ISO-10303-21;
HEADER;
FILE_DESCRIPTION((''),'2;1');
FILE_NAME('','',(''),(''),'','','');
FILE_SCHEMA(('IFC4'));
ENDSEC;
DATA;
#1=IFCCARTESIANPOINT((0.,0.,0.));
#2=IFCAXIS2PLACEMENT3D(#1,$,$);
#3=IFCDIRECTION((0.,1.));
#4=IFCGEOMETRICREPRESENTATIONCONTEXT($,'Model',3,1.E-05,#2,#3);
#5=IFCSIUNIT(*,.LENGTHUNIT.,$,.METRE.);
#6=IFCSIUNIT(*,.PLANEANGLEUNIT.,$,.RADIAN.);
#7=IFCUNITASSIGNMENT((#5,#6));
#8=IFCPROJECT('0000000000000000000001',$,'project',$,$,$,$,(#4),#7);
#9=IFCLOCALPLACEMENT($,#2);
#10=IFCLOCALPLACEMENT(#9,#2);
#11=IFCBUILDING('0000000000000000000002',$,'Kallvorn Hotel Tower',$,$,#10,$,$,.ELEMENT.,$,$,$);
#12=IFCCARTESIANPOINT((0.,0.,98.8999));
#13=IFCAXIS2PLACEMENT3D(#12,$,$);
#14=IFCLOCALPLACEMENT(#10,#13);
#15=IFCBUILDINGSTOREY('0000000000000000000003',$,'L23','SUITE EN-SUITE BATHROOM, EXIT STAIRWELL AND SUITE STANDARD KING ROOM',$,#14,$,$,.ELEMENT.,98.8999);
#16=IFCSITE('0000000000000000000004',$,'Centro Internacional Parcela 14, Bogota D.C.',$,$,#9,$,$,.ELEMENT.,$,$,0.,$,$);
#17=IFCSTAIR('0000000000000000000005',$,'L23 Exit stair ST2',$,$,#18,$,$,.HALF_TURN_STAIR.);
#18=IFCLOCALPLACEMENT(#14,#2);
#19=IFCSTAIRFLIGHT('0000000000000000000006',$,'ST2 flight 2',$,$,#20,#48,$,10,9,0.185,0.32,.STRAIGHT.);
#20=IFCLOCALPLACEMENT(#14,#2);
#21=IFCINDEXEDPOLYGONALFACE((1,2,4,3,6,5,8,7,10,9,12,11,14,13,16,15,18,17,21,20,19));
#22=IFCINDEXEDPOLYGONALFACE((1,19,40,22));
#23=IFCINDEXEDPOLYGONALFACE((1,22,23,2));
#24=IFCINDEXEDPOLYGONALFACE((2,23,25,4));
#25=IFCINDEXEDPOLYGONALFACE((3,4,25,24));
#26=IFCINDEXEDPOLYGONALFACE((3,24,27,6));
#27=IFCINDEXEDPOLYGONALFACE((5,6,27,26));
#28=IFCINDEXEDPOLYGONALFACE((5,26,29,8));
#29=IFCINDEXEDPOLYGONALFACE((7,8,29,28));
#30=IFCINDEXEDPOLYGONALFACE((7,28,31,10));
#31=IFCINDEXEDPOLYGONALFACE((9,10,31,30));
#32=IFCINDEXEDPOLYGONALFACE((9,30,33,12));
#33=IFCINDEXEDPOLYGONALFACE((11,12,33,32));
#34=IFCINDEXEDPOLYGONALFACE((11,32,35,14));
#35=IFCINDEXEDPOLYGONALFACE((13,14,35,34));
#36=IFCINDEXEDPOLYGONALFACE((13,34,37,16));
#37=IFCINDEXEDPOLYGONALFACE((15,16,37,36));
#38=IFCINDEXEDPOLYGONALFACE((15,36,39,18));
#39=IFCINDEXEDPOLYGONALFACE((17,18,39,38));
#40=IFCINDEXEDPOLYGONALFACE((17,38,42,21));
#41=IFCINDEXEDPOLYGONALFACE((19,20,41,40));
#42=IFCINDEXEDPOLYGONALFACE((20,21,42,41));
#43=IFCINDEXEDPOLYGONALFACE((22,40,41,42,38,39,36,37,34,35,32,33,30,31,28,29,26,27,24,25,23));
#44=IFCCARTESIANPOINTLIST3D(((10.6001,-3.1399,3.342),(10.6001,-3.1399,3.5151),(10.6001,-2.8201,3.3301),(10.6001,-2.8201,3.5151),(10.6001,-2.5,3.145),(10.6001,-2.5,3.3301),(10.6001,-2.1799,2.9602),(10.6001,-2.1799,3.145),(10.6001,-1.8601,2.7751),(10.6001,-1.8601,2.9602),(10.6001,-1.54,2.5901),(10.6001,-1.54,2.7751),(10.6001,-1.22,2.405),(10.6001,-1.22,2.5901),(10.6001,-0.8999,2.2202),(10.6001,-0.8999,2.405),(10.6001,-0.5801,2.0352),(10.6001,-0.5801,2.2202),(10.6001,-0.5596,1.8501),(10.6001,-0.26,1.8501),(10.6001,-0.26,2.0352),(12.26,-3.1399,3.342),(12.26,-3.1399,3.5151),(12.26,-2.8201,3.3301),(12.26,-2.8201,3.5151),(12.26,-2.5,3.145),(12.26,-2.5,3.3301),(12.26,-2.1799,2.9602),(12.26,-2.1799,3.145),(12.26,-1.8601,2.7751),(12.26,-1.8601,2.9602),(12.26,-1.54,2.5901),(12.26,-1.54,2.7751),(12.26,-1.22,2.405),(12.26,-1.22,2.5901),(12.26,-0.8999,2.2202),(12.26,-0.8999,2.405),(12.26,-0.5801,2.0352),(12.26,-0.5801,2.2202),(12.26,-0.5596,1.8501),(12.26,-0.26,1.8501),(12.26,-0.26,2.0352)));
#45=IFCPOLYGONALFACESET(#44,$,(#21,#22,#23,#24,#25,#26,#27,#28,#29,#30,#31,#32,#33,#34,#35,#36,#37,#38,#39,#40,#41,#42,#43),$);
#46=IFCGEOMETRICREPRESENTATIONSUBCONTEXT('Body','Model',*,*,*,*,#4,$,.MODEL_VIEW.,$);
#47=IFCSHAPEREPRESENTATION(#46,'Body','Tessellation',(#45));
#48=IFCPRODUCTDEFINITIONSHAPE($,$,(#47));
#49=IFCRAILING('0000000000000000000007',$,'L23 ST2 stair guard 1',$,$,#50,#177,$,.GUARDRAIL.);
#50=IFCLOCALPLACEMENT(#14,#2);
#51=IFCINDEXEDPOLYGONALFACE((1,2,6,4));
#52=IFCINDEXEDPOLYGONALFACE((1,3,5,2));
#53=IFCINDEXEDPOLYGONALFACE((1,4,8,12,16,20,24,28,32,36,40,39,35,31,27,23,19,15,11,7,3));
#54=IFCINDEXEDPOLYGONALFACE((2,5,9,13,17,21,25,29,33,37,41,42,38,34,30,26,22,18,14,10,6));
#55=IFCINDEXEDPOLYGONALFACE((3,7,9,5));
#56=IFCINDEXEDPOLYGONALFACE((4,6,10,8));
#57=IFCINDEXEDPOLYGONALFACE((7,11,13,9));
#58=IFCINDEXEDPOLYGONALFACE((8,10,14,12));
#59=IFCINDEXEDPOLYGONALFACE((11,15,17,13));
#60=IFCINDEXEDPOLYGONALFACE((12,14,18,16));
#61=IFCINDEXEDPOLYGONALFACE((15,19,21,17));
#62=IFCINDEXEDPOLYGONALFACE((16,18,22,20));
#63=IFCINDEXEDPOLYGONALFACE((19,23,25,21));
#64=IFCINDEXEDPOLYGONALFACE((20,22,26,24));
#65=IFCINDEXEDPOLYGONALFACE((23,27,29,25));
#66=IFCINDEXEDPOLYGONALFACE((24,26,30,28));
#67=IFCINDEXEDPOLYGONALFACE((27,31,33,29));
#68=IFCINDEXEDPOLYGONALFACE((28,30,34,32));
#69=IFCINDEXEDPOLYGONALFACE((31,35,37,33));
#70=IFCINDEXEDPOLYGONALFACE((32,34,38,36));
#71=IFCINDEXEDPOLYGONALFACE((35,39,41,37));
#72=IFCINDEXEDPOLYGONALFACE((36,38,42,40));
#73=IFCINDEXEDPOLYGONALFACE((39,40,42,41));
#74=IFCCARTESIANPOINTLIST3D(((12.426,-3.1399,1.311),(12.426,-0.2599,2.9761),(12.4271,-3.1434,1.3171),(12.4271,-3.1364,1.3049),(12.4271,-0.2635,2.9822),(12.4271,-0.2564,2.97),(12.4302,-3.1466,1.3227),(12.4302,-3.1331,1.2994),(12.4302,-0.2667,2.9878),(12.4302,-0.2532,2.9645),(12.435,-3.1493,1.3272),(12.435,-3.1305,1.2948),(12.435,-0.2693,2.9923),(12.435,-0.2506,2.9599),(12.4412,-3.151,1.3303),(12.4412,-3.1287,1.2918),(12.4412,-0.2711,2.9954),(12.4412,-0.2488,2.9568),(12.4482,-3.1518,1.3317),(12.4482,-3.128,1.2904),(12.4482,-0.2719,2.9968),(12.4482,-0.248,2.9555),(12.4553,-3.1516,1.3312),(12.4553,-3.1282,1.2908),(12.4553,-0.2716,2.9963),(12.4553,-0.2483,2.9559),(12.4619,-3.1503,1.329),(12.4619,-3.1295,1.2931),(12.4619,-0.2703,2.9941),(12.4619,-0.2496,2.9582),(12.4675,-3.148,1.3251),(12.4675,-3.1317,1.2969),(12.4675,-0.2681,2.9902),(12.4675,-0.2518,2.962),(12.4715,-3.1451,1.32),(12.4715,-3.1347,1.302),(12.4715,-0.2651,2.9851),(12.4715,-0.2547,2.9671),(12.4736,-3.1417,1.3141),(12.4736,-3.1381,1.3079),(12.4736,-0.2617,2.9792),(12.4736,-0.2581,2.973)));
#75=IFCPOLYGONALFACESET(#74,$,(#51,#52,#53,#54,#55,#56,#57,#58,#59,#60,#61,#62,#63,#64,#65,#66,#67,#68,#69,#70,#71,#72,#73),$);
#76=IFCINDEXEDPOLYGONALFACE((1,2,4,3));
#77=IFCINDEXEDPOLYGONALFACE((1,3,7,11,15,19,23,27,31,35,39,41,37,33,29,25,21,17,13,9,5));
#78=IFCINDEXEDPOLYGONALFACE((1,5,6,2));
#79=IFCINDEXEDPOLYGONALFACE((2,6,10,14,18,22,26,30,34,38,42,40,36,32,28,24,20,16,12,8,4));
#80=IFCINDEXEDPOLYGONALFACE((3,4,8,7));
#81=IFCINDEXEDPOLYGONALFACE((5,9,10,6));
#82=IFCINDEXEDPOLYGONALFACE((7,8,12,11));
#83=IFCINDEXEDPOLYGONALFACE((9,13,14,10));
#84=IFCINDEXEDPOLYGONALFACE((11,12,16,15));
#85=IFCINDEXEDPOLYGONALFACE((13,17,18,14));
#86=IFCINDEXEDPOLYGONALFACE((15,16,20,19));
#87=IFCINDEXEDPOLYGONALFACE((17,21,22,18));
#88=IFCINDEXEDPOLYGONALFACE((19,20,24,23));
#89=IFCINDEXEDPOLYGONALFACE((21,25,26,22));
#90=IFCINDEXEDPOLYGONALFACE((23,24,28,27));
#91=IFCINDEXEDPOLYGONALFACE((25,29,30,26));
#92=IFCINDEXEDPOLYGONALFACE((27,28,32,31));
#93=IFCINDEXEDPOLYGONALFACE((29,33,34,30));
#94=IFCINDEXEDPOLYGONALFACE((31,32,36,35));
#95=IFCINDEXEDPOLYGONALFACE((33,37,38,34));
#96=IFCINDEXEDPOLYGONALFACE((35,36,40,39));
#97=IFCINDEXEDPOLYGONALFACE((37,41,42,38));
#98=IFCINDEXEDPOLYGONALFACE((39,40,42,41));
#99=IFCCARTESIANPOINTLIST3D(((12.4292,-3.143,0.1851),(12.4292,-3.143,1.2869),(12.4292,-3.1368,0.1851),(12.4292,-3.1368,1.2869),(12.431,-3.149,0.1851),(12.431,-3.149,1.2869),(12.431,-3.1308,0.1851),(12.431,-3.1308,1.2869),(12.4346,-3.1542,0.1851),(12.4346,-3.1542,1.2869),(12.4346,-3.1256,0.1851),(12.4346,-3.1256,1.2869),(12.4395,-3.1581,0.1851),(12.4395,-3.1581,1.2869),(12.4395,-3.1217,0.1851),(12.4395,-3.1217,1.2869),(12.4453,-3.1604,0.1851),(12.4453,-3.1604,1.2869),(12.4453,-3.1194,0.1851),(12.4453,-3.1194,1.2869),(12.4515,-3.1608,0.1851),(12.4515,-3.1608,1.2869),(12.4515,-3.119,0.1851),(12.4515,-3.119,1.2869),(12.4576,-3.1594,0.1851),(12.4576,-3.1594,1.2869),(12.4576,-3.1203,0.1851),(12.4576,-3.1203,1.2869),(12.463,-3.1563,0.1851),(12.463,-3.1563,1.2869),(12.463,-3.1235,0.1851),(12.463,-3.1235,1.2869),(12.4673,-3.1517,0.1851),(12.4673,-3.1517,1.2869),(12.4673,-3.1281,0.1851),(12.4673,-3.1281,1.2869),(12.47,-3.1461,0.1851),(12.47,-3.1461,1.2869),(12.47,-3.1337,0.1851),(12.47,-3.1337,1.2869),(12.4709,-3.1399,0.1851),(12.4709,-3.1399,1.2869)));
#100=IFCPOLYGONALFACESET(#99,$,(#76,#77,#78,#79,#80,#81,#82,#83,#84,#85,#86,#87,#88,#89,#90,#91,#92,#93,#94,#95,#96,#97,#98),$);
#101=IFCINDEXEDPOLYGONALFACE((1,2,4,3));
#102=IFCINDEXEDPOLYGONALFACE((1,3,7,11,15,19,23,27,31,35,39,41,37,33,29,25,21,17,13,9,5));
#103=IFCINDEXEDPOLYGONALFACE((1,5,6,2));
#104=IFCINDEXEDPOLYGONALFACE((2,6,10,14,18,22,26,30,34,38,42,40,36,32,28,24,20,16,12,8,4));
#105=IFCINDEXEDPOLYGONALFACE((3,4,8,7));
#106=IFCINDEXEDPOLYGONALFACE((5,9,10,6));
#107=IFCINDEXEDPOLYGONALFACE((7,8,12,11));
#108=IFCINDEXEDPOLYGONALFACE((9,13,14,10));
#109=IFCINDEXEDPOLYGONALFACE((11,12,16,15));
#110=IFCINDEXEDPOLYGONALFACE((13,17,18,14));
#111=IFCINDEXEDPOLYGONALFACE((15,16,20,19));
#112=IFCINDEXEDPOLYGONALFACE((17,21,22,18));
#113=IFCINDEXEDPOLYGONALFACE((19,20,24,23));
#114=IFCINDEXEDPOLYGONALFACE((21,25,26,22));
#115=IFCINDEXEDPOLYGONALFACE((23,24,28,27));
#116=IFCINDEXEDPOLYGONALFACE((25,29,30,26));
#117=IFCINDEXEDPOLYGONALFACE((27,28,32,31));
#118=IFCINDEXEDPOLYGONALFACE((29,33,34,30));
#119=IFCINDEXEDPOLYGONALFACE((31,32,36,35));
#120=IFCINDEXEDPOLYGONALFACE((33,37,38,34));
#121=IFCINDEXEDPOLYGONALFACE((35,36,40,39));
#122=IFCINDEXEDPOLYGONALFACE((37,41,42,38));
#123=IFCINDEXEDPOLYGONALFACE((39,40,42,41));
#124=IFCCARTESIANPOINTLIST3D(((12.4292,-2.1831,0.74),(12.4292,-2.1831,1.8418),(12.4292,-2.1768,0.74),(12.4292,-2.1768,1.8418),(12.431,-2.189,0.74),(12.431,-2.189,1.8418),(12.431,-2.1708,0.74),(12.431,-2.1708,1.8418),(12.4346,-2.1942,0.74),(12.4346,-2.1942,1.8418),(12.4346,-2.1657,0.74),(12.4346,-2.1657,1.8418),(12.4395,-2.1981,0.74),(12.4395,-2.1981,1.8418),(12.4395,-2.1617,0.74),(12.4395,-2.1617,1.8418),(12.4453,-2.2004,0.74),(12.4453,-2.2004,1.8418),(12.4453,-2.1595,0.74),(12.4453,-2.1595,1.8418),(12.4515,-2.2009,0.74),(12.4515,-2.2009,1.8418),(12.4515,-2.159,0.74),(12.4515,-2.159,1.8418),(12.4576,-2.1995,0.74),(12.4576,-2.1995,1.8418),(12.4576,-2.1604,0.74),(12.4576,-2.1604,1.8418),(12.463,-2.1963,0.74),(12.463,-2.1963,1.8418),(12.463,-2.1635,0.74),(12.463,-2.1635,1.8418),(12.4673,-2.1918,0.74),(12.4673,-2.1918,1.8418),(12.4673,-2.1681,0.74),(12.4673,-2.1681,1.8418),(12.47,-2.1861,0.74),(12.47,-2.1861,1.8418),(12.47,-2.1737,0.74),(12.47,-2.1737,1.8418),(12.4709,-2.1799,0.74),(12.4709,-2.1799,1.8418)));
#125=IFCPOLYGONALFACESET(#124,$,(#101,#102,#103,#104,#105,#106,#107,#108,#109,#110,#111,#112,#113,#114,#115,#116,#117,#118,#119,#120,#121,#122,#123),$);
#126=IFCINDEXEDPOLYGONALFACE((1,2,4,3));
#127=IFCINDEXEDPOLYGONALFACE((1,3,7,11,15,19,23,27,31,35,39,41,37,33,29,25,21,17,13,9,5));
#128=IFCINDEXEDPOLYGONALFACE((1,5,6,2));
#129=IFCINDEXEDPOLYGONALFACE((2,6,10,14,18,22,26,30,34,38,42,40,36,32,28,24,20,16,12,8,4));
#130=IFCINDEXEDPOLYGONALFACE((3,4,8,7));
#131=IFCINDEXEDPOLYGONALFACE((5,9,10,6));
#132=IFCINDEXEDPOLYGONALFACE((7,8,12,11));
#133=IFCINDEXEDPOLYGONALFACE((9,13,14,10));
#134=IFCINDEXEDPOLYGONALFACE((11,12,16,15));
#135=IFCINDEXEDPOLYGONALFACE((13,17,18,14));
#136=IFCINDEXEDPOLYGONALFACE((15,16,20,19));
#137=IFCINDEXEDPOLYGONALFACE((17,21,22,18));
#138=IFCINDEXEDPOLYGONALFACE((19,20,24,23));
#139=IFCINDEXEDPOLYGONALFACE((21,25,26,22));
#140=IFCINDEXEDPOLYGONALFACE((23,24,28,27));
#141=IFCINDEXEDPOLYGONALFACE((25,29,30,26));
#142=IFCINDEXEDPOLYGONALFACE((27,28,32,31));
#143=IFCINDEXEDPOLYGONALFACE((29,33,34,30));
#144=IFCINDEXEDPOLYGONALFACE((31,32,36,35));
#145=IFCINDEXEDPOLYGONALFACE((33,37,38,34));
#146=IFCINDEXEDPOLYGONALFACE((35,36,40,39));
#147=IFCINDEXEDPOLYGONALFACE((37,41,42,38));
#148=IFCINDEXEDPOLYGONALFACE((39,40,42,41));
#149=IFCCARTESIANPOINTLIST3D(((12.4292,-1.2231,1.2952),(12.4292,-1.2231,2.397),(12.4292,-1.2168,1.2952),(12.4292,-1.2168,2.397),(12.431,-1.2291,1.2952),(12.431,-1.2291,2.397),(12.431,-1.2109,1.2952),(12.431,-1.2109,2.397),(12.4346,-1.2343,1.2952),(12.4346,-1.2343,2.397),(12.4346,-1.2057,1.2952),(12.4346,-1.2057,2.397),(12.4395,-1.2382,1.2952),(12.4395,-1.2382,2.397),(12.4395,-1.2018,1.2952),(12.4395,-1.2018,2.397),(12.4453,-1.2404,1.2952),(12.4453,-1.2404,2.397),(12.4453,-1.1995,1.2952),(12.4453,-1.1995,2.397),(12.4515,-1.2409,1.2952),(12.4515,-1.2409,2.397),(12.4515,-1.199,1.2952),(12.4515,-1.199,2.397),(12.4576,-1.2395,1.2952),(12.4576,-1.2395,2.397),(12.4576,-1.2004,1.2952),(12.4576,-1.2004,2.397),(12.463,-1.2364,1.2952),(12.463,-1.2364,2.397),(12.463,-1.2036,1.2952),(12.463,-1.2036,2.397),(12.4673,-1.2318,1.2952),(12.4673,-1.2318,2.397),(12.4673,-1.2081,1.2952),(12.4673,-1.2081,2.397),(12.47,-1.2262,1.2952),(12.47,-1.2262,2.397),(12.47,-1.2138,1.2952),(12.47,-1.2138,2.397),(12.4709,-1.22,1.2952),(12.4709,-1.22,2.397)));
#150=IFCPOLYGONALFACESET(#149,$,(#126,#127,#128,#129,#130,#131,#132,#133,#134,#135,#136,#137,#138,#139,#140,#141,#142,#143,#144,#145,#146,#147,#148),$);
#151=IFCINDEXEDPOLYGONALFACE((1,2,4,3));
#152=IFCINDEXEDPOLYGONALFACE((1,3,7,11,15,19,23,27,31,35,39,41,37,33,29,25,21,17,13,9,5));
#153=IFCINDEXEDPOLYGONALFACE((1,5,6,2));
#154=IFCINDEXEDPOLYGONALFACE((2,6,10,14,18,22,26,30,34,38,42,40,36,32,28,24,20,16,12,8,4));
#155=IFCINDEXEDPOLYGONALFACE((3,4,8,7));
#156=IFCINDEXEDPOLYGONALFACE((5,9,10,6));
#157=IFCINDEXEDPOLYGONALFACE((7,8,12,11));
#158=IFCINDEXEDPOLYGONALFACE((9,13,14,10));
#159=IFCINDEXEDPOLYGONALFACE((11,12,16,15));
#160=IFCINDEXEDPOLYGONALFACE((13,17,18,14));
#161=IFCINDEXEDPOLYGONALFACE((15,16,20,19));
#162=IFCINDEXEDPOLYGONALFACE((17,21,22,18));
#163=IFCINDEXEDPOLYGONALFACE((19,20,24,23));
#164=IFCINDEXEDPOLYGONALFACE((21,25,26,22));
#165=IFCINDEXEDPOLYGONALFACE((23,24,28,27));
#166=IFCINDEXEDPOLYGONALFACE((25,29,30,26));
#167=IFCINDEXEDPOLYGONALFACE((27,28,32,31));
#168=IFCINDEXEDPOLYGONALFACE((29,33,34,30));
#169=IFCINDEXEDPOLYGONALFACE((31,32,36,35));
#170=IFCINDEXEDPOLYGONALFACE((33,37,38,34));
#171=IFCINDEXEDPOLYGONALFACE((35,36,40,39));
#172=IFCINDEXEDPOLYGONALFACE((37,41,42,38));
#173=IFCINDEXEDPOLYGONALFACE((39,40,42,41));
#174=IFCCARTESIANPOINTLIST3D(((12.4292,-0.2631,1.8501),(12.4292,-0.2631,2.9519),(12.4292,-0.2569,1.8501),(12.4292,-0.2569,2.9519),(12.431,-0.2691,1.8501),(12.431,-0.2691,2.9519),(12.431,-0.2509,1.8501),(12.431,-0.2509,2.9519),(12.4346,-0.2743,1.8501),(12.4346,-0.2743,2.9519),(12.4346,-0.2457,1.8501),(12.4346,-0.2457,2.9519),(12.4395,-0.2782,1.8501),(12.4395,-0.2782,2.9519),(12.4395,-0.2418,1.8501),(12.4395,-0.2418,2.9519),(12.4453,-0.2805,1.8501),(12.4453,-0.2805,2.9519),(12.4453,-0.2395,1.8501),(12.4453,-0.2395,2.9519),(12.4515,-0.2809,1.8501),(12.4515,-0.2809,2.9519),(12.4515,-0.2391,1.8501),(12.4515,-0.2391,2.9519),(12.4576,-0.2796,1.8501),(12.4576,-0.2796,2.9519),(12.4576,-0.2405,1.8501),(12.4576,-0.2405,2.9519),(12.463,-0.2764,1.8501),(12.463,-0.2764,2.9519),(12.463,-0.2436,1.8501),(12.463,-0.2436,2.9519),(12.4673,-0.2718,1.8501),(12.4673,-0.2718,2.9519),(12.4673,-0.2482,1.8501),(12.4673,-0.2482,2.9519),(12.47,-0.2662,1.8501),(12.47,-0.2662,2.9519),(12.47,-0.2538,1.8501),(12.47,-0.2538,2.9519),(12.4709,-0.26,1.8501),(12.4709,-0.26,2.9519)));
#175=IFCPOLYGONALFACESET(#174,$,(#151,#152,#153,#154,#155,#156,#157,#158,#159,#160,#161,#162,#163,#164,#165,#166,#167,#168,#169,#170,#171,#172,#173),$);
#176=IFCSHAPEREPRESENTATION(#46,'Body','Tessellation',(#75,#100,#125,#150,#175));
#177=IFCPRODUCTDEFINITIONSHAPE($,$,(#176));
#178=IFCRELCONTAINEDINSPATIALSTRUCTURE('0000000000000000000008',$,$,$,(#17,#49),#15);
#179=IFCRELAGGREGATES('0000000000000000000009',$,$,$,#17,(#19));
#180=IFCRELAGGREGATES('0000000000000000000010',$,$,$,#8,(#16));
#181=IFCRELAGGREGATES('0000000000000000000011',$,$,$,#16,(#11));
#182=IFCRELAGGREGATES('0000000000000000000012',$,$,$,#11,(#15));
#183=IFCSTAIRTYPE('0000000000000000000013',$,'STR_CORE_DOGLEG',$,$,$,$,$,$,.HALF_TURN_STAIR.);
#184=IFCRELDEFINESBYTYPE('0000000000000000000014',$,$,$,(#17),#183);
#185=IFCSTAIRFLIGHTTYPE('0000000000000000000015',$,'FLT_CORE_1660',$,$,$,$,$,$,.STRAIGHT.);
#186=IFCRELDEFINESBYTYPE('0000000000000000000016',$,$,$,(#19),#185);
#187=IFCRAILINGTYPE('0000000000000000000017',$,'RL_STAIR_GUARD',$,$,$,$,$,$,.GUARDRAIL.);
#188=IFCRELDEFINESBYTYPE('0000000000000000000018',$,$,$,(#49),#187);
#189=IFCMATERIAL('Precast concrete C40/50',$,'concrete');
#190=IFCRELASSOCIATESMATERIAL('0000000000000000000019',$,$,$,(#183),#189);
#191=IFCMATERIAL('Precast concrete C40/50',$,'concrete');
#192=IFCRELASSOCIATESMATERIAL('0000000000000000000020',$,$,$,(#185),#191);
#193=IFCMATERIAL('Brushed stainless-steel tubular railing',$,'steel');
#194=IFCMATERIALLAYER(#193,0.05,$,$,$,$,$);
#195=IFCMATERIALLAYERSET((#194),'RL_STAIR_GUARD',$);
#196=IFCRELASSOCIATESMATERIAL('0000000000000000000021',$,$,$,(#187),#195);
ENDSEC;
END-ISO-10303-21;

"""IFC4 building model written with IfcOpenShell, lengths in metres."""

from ifc_helpers import new_model, si_unit, direction, frame, origin, origin_2d, place, context, subcontext, project, spatial, polyline, circle, outline, extrude, material, layer, layer_set, type_object, element, aggregate, save


model = new_model("IFC4")

# Units and contexts
model_context = context("Model", 3, precision=1e-05, world=origin(), true_north=direction((0.0, 1.0)))
body_context = subcontext(model_context, "Body", "Model", "MODEL_VIEW")
ifc_project = project(units=[si_unit("LENGTHUNIT", "METRE"), si_unit("PLANEANGLEUNIT", "RADIAN")], contexts=[model_context])

# Site, building, storey
site_placement = place(None, origin())
site = spatial("IfcSite", under=ifc_project, at=site_placement, Name="Centro Internacional Parcela 14, Bogota D.C.", CompositionType="ELEMENT", RefElevation=0.0)
building_placement = place(site_placement, origin())
building = spatial("IfcBuilding", under=site, at=building_placement, Name="Kallvorn Hotel Tower", CompositionType="ELEMENT")
storey_placement = place(building_placement, frame((0.0, 0.0, 98.8999)))
storey = spatial("IfcBuildingStorey", under=building, at=storey_placement, Name="L23", Description="SUITE EN-SUITE BATHROOM, EXIT STAIRWELL AND SUITE STANDARD KING ROOM", CompositionType="ELEMENT", Elevation=98.8999)

# Stair, stair flight
ifc_material_1 = material(Name="Precast concrete C40/50", Category="concrete")
stair_type = type_object("IfcStairType", Name="STR_CORE_DOGLEG", PredefinedType="HALF_TURN_STAIR", material=ifc_material_1)
stair_placement = place(storey_placement, origin())
stair = element("IfcStair", 1, at=stair_placement, inside=storey, type_object=stair_type, Name="L23 Exit stair ST2", PredefinedType="HALF_TURN_STAIR")
ifc_material_2 = material(Name="Precast concrete C40/50", Category="concrete")
stair_flight_type = type_object("IfcStairFlightType", Name="FLT_CORE_1660", PredefinedType="STRAIGHT", material=ifc_material_2)
stair_flight_1_placement = place(storey_placement, frame((11.4299, -0.26, 1.8501), z_axis=(0.0, 0.0, 1.0), x_axis=(0.0, -1.0, 0.0)))
stair_flight_1 = element("IfcStairFlight", 2, at=stair_flight_1_placement, type_object=stair_flight_type, Name="ST2 flight 2", NumberOfRisers=10, NumberOfTreads=9, PredefinedType="STRAIGHT", RiserHeight=0.185, TreadLength=0.32, context=body_context, shape_type="SweptSolid", body=[
    extrude(outline(polyline([(0.0, 0.0), (0.0, 0.1851), (0.3201, 0.1851), (0.3201, 0.3701), (0.6399, 0.3701), (0.6399, 0.5549), (0.96, 0.5549), (0.96, 0.74), (1.28, 0.74), (1.28, 0.925), (1.6001, 0.925), (1.6001, 1.1101), (1.9199, 1.1101), (1.9199, 1.2949), (2.24, 1.2949), (2.24, 1.48), (2.5601, 1.48), (2.5601, 1.665), (2.8799, 1.665), (2.8799, 1.8501), (2.8799, 1.4919), (0.2996, 0.0), (0.0, 0.0)])), frame((0.0, 0.8301, 0.0), z_axis=(0.0, -1.0, 0.0), x_axis=(1.0, 0.0, 0.0)), (0.0, 0.0, 1.0), 1.6599),
])
aggregate(stair, [stair_flight_1])

# Railing
ifc_material_3 = material(Name="Brushed stainless-steel tubular railing", Category="steel")
ifc_layer_1 = layer(ifc_material_3, 0.05)
ifc_layer_set_1 = layer_set([ifc_layer_1], Name="RL_STAIR_GUARD")
railing_type_1 = type_object("IfcRailingType", Name="RL_STAIR_GUARD", PredefinedType="GUARDRAIL", material=ifc_layer_set_1)
railing_1_placement = place(storey_placement, frame((12.45, -3.1399, 0.1851)))
element("IfcRailing", 3, at=railing_1_placement, inside=storey, type_object=railing_type_1, Name="L23 ST2 stair guard 1", PredefinedType="GUARDRAIL", context=body_context, shape_type="SweptSolid", body=[
    extrude(circle(Radius=0.0239, at=origin_2d()), frame((0.0, 0.0, 1.126), z_axis=(0.0, 0.865721, 0.500527), x_axis=(-1.0, 0.0, 0.0)), (0.0, 0.0, 1.0), 3.3267),
    extrude(circle(Radius=0.021, at=origin_2d()), origin(), (0.0, 0.0, 1.0), 1.1018),
    extrude(circle(Radius=0.021, at=origin_2d()), frame((0.0, 0.96, 0.5549)), (0.0, 0.0, 1.0), 1.1018),
    extrude(circle(Radius=0.021, at=origin_2d()), frame((0.0, 1.9199, 1.1101)), (0.0, 0.0, 1.0), 1.1018),
    extrude(circle(Radius=0.021, at=origin_2d()), frame((0.0, 2.8799, 1.665)), (0.0, 0.0, 1.0), 1.1018),
])

save(model, "model.ifc")
